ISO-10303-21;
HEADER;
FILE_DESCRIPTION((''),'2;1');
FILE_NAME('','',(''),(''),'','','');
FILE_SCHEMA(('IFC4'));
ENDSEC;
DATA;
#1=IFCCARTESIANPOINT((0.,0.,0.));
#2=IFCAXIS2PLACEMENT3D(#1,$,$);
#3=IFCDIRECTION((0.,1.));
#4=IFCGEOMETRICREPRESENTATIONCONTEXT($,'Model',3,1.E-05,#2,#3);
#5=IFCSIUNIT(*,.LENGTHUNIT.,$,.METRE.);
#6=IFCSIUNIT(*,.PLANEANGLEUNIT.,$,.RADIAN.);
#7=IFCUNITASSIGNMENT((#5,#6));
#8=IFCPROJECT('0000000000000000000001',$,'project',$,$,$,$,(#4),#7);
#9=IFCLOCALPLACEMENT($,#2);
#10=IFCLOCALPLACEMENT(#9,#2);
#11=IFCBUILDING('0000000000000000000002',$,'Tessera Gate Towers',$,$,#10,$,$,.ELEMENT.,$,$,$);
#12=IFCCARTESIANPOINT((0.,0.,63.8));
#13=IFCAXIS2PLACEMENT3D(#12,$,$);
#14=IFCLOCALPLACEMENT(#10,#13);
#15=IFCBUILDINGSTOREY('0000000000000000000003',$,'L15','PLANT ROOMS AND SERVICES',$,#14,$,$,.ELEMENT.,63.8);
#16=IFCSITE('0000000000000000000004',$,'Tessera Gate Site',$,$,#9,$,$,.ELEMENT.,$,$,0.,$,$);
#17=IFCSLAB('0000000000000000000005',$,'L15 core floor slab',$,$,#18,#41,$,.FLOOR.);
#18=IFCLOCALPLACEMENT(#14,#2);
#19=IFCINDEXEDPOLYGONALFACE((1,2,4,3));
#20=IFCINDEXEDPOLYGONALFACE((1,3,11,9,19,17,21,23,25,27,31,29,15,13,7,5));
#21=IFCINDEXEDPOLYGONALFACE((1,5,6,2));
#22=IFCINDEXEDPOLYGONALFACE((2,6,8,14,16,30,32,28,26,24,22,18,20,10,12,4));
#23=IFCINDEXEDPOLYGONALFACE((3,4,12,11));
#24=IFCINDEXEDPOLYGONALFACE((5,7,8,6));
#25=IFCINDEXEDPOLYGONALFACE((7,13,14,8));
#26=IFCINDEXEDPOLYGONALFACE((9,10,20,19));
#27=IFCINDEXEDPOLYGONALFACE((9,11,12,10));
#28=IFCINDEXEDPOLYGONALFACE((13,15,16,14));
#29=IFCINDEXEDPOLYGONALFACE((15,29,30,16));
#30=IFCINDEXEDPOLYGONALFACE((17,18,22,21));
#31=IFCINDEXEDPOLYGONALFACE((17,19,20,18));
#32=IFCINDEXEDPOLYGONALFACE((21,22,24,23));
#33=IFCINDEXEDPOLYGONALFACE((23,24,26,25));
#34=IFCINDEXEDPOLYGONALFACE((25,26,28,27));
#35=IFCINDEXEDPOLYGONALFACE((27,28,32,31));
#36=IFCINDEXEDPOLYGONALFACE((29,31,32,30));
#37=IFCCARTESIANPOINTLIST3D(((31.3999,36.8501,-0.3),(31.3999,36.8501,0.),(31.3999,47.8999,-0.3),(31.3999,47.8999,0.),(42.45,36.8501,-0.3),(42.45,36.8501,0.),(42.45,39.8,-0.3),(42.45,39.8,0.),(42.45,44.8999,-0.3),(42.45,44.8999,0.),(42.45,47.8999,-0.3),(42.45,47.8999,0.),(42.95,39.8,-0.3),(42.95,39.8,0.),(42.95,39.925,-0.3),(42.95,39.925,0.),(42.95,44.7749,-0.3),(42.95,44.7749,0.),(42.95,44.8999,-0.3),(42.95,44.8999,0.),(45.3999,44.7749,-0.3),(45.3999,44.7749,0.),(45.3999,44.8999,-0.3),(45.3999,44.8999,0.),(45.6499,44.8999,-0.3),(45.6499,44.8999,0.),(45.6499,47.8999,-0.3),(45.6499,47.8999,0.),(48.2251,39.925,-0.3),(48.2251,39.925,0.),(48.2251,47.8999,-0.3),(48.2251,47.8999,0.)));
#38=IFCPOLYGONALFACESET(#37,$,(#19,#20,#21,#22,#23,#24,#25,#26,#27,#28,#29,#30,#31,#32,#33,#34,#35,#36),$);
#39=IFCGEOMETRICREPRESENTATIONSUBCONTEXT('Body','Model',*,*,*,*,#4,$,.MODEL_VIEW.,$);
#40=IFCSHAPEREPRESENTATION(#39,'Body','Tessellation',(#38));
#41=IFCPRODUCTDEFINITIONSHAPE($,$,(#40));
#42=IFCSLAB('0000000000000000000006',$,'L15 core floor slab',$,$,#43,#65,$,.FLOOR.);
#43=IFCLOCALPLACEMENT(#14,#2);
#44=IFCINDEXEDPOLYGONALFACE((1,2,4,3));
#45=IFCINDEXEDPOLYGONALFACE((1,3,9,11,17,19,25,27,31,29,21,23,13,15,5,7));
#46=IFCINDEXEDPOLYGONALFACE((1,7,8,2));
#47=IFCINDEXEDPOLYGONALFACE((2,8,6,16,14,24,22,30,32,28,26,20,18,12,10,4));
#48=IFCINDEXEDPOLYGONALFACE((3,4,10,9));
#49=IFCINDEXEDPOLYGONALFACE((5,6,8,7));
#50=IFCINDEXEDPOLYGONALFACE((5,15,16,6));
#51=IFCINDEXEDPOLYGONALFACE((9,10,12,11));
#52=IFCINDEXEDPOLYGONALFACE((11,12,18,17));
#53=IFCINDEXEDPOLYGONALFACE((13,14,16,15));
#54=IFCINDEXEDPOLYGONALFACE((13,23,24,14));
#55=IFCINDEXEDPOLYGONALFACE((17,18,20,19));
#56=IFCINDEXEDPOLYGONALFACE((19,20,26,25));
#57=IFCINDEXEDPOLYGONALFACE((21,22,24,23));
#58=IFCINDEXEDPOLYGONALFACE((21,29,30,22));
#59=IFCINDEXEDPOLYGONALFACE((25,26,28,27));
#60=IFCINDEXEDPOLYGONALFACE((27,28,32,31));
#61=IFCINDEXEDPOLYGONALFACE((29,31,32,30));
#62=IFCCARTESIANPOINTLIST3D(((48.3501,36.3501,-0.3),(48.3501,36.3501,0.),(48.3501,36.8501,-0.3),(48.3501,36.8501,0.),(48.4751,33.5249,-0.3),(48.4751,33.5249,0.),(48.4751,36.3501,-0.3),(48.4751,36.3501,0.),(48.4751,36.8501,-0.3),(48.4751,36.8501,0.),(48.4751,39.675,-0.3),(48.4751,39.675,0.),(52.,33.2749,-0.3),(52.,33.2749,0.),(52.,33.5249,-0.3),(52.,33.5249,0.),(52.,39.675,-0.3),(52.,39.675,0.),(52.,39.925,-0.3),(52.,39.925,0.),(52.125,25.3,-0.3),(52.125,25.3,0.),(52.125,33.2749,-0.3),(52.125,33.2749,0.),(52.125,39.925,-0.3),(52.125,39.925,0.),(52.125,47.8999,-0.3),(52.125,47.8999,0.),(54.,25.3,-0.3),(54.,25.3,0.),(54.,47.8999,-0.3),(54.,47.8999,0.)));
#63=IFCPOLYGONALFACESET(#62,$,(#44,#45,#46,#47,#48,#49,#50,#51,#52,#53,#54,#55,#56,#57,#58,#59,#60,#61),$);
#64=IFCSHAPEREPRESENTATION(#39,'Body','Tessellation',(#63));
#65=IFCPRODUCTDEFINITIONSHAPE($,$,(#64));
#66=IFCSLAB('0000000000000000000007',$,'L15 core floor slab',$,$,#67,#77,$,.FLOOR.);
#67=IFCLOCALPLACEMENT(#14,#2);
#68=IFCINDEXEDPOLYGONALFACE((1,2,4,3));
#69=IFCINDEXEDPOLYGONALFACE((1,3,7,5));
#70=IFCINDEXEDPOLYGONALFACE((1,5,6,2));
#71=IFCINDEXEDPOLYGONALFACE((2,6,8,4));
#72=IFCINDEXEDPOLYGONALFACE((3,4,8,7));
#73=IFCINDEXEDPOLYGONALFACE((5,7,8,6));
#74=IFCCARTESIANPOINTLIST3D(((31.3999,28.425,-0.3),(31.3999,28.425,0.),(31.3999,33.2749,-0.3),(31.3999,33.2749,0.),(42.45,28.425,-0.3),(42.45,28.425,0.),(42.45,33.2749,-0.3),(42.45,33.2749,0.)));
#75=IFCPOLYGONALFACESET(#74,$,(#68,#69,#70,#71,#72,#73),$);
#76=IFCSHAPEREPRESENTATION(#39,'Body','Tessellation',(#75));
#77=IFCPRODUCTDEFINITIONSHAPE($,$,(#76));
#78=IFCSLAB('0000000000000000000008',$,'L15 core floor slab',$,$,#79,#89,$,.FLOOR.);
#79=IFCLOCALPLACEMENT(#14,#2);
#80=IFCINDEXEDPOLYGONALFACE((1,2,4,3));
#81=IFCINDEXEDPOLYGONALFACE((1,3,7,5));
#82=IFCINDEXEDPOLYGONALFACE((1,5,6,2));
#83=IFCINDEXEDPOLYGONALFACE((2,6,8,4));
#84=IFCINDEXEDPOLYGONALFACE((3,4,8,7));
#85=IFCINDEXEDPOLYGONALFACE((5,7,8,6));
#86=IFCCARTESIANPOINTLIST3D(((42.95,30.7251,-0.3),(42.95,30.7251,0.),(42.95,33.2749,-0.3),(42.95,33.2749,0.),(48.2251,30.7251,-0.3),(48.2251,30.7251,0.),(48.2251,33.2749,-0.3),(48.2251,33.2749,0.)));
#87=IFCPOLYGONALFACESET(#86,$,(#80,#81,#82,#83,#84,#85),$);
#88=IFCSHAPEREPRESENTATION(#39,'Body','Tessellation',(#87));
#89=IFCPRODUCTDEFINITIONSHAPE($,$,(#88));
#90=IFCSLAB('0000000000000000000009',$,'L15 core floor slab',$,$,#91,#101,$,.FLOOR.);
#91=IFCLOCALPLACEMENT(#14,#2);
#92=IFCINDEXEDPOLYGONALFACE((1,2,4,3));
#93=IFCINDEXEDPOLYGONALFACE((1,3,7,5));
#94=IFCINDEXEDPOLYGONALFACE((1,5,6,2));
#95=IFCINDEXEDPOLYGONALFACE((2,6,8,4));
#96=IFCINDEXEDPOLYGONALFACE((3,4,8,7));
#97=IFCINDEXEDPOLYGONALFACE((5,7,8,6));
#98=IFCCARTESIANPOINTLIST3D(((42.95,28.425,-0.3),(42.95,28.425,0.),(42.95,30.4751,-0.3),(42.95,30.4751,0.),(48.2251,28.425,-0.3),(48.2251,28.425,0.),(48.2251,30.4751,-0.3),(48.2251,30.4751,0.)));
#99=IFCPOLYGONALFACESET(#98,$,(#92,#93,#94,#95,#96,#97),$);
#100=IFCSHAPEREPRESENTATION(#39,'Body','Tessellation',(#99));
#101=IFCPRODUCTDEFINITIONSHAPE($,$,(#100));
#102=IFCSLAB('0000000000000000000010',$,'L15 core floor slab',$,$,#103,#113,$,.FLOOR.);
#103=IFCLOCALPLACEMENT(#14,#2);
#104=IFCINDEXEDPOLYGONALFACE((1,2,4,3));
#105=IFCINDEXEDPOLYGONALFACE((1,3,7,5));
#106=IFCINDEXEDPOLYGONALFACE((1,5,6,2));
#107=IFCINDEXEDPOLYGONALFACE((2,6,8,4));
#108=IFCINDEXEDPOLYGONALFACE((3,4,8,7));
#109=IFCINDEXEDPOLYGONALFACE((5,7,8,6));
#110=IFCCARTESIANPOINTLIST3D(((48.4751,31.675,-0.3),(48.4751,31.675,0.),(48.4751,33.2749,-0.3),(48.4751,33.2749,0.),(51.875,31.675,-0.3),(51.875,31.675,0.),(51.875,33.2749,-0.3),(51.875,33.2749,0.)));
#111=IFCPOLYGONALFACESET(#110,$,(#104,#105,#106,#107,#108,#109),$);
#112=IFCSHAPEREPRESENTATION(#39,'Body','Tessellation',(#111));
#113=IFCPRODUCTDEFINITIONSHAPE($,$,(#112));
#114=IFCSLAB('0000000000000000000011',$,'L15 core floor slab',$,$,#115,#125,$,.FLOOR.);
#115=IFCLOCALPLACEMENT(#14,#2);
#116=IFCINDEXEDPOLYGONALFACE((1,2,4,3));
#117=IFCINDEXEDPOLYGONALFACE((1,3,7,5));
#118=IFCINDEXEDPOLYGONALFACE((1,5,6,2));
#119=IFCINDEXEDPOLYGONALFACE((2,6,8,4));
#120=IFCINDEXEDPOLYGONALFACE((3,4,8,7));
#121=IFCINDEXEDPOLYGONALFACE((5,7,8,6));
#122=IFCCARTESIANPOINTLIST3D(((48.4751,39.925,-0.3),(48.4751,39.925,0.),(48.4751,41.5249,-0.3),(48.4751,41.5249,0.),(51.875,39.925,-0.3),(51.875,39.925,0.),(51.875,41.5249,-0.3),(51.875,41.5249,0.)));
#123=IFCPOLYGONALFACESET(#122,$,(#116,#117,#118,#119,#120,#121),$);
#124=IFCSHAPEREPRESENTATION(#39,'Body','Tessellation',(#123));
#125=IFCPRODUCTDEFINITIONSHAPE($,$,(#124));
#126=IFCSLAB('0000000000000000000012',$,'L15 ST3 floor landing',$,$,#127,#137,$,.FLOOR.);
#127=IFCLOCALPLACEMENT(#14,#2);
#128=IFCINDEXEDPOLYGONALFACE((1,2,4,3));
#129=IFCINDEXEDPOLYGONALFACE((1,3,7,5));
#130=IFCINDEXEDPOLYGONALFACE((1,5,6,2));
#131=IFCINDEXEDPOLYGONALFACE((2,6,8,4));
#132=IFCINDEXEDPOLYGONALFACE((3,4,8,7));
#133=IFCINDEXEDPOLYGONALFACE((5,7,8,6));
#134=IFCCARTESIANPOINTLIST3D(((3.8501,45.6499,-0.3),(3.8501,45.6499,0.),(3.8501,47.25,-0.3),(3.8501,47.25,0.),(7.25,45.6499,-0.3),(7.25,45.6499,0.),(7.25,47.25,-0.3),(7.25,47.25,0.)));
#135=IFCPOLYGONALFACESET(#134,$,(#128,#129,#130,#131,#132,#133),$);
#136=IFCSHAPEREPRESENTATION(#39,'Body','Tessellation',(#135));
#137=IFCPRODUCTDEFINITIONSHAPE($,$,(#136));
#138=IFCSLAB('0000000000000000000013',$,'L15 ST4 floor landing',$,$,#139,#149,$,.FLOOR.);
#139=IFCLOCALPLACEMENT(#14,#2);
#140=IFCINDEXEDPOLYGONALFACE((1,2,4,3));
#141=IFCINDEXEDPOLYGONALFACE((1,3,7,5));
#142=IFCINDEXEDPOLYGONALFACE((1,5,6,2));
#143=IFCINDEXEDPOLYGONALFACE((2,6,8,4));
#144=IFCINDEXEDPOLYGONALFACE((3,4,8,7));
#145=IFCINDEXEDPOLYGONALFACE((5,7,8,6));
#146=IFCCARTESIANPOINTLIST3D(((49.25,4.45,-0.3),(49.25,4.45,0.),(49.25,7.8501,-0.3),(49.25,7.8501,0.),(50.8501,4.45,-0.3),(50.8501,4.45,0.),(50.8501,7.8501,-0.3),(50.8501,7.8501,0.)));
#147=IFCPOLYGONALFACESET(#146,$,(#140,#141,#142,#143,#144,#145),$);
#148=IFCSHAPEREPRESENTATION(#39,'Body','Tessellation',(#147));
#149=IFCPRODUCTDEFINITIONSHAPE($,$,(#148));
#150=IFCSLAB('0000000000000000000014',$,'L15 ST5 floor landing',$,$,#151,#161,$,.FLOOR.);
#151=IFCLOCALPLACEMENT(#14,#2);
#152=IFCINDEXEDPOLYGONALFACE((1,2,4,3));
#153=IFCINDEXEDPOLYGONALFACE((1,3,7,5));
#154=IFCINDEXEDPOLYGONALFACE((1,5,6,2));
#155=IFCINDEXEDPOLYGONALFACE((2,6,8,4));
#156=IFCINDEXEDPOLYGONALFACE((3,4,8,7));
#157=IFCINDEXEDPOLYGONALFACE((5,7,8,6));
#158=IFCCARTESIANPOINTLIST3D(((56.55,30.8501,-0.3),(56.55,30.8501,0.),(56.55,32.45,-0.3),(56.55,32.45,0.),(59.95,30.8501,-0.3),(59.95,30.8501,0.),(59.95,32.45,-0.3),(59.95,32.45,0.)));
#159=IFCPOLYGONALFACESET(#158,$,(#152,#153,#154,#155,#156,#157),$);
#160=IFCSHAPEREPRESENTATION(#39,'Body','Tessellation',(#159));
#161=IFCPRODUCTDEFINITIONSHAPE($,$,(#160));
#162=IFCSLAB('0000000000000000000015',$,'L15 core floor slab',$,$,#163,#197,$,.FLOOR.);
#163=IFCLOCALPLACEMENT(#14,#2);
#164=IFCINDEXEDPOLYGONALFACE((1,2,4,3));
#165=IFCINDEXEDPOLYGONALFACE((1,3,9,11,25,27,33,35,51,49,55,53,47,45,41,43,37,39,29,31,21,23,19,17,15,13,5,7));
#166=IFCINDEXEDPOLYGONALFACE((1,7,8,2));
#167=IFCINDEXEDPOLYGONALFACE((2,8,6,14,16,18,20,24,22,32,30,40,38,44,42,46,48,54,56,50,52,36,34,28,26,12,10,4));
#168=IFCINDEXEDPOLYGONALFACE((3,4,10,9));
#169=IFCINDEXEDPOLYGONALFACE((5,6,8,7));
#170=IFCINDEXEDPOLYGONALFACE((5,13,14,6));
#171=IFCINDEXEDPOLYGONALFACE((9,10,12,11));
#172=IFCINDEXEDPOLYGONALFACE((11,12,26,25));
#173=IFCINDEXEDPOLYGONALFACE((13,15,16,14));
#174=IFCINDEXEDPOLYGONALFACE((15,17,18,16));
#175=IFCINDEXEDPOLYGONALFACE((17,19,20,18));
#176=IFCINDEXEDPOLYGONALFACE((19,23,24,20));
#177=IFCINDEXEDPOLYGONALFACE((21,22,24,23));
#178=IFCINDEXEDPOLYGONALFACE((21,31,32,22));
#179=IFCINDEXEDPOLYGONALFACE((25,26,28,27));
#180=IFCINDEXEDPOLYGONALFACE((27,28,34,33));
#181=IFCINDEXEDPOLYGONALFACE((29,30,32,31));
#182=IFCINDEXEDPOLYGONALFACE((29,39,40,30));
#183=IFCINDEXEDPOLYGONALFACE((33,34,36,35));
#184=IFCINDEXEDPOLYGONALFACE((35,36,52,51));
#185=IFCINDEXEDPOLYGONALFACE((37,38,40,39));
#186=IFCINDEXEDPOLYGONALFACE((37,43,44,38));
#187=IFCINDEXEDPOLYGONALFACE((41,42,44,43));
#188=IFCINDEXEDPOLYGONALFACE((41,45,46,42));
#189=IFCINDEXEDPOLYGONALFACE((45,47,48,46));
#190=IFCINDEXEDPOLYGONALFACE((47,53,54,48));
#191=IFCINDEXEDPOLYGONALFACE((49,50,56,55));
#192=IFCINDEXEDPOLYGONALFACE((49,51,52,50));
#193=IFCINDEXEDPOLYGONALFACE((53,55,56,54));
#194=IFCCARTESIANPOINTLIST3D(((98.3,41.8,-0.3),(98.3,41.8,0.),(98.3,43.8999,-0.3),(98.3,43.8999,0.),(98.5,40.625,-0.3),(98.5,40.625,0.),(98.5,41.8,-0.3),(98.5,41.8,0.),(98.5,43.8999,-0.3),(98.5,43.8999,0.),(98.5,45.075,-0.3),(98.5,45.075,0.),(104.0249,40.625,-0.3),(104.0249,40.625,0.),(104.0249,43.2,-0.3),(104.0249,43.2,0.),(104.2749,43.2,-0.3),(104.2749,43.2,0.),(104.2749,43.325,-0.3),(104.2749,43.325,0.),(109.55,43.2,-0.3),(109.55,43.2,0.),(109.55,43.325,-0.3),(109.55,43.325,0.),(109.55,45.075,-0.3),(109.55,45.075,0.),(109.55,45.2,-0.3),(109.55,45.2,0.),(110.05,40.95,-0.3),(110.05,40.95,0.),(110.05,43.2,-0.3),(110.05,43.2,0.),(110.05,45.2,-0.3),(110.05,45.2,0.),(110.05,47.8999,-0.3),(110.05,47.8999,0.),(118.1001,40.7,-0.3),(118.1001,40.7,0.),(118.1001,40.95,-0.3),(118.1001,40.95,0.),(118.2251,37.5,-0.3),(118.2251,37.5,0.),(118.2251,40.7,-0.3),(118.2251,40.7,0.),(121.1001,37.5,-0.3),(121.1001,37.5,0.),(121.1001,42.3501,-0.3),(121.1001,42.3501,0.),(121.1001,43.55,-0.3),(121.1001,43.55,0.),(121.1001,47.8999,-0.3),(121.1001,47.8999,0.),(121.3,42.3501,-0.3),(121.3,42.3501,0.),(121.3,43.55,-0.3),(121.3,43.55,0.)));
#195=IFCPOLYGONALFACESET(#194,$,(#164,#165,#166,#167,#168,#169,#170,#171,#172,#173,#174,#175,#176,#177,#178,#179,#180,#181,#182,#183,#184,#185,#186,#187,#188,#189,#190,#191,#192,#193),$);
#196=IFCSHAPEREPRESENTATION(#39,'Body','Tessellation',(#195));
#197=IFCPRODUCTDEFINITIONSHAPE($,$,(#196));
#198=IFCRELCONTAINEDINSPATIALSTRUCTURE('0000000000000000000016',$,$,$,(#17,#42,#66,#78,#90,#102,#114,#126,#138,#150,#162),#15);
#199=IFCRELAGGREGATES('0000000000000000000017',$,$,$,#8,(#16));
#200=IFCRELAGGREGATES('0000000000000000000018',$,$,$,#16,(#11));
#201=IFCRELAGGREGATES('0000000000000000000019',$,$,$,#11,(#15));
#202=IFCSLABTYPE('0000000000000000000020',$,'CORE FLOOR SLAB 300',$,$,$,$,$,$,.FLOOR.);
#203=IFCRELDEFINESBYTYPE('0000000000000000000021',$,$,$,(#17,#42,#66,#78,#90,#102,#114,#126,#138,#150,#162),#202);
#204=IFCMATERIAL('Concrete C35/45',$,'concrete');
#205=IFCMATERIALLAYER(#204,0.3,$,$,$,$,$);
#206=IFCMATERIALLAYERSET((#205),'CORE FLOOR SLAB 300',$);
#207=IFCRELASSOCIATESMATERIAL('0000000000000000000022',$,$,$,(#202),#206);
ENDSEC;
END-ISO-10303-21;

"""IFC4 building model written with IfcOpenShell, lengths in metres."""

from ifc_helpers import new_model, si_unit, direction, frame, origin, place, context, subcontext, project, spatial, polyline, outline, extrude, material, layer, layer_set, type_object, element, save


model = new_model("IFC4")

# Units and contexts
model_context = context("Model", 3, precision=1e-05, world=origin(), true_north=direction((0.0, 1.0)))
body_context = subcontext(model_context, "Body", "Model", "MODEL_VIEW")
ifc_project = project(units=[si_unit("LENGTHUNIT", "METRE"), si_unit("PLANEANGLEUNIT", "RADIAN")], contexts=[model_context])

# Site, building, storey
site_placement = place(None, origin())
site = spatial("IfcSite", under=ifc_project, at=site_placement, Name="Tessera Gate Site", CompositionType="ELEMENT", RefElevation=0.0)
building_placement = place(site_placement, origin())
building = spatial("IfcBuilding", under=site, at=building_placement, Name="Tessera Gate Towers", CompositionType="ELEMENT")
storey_placement = place(building_placement, frame((0.0, 0.0, 63.8)))
storey = spatial("IfcBuildingStorey", under=building, at=storey_placement, Name="L15", Description="PLANT ROOMS AND SERVICES", CompositionType="ELEMENT", Elevation=63.8)

# Slabs
ifc_material_1 = material(Name="Concrete C35/45", Category="concrete")
ifc_layer_1 = layer(ifc_material_1, 0.3)
ifc_layer_set_1 = layer_set([ifc_layer_1], Name="CORE FLOOR SLAB 300")
slab_type_1 = type_object("IfcSlabType", Name="CORE FLOOR SLAB 300", PredefinedType="FLOOR", material=ifc_layer_set_1)
slab_1_placement = place(storey_placement, frame((0.0, 0.0, -0.3)))
element("IfcSlab", 1, at=slab_1_placement, inside=storey, type_object=slab_type_1, Name="L15 core floor slab", PredefinedType="FLOOR", context=body_context, shape_type="SweptSolid", body=[
    extrude(outline(polyline([(31.3999, 47.8999), (31.3999, 36.8501), (42.45, 36.8501), (42.45, 39.8), (42.95, 39.8), (42.95, 39.925), (48.2251, 39.925), (48.2251, 47.8999), (45.6499, 47.8999), (45.6499, 44.8999), (45.3999, 44.8999), (45.3999, 44.7749), (42.95, 44.7749), (42.95, 44.8999), (42.45, 44.8999), (42.45, 47.8999), (31.3999, 47.8999)])), origin(), (0.0, 0.0, 1.0), 0.3),
])
slab_2_placement = place(storey_placement, frame((0.0, 0.0, -0.3)))
element("IfcSlab", 2, at=slab_2_placement, inside=storey, type_object=slab_type_1, Name="L15 core floor slab", PredefinedType="FLOOR", context=body_context, shape_type="SweptSolid", body=[
    extrude(outline(polyline([(48.3501, 36.8501), (48.3501, 36.3501), (48.4751, 36.3501), (48.4751, 33.5249), (52.0, 33.5249), (52.0, 33.2749), (52.125, 33.2749), (52.125, 25.3), (54.0, 25.3), (54.0, 47.8999), (52.125, 47.8999), (52.125, 39.925), (52.0, 39.925), (52.0, 39.675), (48.4751, 39.675), (48.4751, 36.8501), (48.3501, 36.8501)])), origin(), (0.0, 0.0, 1.0), 0.3),
])
slab_3_placement = place(storey_placement, frame((0.0, 0.0, -0.3)))
element("IfcSlab", 3, at=slab_3_placement, inside=storey, type_object=slab_type_1, Name="L15 core floor slab", PredefinedType="FLOOR", context=body_context, shape_type="SweptSolid", body=[
    extrude(outline(polyline([(42.45, 28.425), (42.45, 33.2749), (31.3999, 33.2749), (31.3999, 28.425), (42.45, 28.425)])), origin(), (0.0, 0.0, 1.0), 0.3),
])
slab_4_placement = place(storey_placement, frame((0.0, 0.0, -0.3)))
element("IfcSlab", 4, at=slab_4_placement, inside=storey, type_object=slab_type_1, Name="L15 core floor slab", PredefinedType="FLOOR", context=body_context, shape_type="SweptSolid", body=[
    extrude(outline(polyline([(42.95, 33.2749), (42.95, 30.7251), (48.2251, 30.7251), (48.2251, 33.2749), (42.95, 33.2749)])), origin(), (0.0, 0.0, 1.0), 0.3),
])
slab_5_placement = place(storey_placement, frame((0.0, 0.0, -0.3)))
element("IfcSlab", 5, at=slab_5_placement, inside=storey, type_object=slab_type_1, Name="L15 core floor slab", PredefinedType="FLOOR", context=body_context, shape_type="SweptSolid", body=[
    extrude(outline(polyline([(42.95, 30.4751), (42.95, 28.425), (48.2251, 28.425), (48.2251, 30.4751), (42.95, 30.4751)])), origin(), (0.0, 0.0, 1.0), 0.3),
])
slab_6_placement = place(storey_placement, frame((0.0, 0.0, -0.3)))
element("IfcSlab", 6, at=slab_6_placement, inside=storey, type_object=slab_type_1, Name="L15 core floor slab", PredefinedType="FLOOR", context=body_context, shape_type="SweptSolid", body=[
    extrude(outline(polyline([(51.875, 31.675), (51.875, 33.2749), (48.4751, 33.2749), (48.4751, 31.675), (51.875, 31.675)])), origin(), (0.0, 0.0, 1.0), 0.3),
])
slab_7_placement = place(storey_placement, frame((0.0, 0.0, -0.3)))
element("IfcSlab", 7, at=slab_7_placement, inside=storey, type_object=slab_type_1, Name="L15 core floor slab", PredefinedType="FLOOR", context=body_context, shape_type="SweptSolid", body=[
    extrude(outline(polyline([(48.4751, 41.5249), (48.4751, 39.925), (51.875, 39.925), (51.875, 41.5249), (48.4751, 41.5249)])), origin(), (0.0, 0.0, 1.0), 0.3),
])
slab_8_placement = place(storey_placement, frame((0.0, 0.0, -0.3)))
element("IfcSlab", 8, at=slab_8_placement, inside=storey, type_object=slab_type_1, Name="L15 ST3 floor landing", PredefinedType="FLOOR", context=body_context, shape_type="SweptSolid", body=[
    extrude(outline(polyline([(3.8501, 47.25), (3.8501, 45.6499), (7.25, 45.6499), (7.25, 47.25), (3.8501, 47.25)])), origin(), (0.0, 0.0, 1.0), 0.3),
])
slab_9_placement = place(storey_placement, frame((0.0, 0.0, -0.3)))
element("IfcSlab", 9, at=slab_9_placement, inside=storey, type_object=slab_type_1, Name="L15 ST4 floor landing", PredefinedType="FLOOR", context=body_context, shape_type="SweptSolid", body=[
    extrude(outline(polyline([(49.25, 4.45), (50.8501, 4.45), (50.8501, 7.8501), (49.25, 7.8501), (49.25, 4.45)])), origin(), (0.0, 0.0, 1.0), 0.3),
])
slab_10_placement = place(storey_placement, frame((0.0, 0.0, -0.3)))
element("IfcSlab", 10, at=slab_10_placement, inside=storey, type_object=slab_type_1, Name="L15 ST5 floor landing", PredefinedType="FLOOR", context=body_context, shape_type="SweptSolid", body=[
    extrude(outline(polyline([(59.95, 30.8501), (59.95, 32.45), (56.55, 32.45), (56.55, 30.8501), (59.95, 30.8501)])), origin(), (0.0, 0.0, 1.0), 0.3),
])
slab_11_placement = place(storey_placement, frame((0.0, 0.0, -0.3)))
element("IfcSlab", 11, at=slab_11_placement, inside=storey, type_object=slab_type_1, Name="L15 core floor slab", PredefinedType="FLOOR", context=body_context, shape_type="SweptSolid", body=[
    extrude(outline(polyline([(109.55, 45.2), (109.55, 45.075), (98.5, 45.075), (98.5, 43.8999), (98.3, 43.8999), (98.3, 41.8), (98.5, 41.8), (98.5, 40.625), (104.0249, 40.625), (104.0249, 43.2), (104.2749, 43.2), (104.2749, 43.325), (109.55, 43.325), (109.55, 43.2), (110.05, 43.2), (110.05, 40.95), (118.1001, 40.95), (118.1001, 40.7), (118.2251, 40.7), (118.2251, 37.5), (121.1001, 37.5), (121.1001, 42.3501), (121.3, 42.3501), (121.3, 43.55), (121.1001, 43.55), (121.1001, 47.8999), (110.05, 47.8999), (110.05, 45.2), (109.55, 45.2)])), origin(), (0.0, 0.0, 1.0), 0.3),
])

save(model, "model.ifc")
